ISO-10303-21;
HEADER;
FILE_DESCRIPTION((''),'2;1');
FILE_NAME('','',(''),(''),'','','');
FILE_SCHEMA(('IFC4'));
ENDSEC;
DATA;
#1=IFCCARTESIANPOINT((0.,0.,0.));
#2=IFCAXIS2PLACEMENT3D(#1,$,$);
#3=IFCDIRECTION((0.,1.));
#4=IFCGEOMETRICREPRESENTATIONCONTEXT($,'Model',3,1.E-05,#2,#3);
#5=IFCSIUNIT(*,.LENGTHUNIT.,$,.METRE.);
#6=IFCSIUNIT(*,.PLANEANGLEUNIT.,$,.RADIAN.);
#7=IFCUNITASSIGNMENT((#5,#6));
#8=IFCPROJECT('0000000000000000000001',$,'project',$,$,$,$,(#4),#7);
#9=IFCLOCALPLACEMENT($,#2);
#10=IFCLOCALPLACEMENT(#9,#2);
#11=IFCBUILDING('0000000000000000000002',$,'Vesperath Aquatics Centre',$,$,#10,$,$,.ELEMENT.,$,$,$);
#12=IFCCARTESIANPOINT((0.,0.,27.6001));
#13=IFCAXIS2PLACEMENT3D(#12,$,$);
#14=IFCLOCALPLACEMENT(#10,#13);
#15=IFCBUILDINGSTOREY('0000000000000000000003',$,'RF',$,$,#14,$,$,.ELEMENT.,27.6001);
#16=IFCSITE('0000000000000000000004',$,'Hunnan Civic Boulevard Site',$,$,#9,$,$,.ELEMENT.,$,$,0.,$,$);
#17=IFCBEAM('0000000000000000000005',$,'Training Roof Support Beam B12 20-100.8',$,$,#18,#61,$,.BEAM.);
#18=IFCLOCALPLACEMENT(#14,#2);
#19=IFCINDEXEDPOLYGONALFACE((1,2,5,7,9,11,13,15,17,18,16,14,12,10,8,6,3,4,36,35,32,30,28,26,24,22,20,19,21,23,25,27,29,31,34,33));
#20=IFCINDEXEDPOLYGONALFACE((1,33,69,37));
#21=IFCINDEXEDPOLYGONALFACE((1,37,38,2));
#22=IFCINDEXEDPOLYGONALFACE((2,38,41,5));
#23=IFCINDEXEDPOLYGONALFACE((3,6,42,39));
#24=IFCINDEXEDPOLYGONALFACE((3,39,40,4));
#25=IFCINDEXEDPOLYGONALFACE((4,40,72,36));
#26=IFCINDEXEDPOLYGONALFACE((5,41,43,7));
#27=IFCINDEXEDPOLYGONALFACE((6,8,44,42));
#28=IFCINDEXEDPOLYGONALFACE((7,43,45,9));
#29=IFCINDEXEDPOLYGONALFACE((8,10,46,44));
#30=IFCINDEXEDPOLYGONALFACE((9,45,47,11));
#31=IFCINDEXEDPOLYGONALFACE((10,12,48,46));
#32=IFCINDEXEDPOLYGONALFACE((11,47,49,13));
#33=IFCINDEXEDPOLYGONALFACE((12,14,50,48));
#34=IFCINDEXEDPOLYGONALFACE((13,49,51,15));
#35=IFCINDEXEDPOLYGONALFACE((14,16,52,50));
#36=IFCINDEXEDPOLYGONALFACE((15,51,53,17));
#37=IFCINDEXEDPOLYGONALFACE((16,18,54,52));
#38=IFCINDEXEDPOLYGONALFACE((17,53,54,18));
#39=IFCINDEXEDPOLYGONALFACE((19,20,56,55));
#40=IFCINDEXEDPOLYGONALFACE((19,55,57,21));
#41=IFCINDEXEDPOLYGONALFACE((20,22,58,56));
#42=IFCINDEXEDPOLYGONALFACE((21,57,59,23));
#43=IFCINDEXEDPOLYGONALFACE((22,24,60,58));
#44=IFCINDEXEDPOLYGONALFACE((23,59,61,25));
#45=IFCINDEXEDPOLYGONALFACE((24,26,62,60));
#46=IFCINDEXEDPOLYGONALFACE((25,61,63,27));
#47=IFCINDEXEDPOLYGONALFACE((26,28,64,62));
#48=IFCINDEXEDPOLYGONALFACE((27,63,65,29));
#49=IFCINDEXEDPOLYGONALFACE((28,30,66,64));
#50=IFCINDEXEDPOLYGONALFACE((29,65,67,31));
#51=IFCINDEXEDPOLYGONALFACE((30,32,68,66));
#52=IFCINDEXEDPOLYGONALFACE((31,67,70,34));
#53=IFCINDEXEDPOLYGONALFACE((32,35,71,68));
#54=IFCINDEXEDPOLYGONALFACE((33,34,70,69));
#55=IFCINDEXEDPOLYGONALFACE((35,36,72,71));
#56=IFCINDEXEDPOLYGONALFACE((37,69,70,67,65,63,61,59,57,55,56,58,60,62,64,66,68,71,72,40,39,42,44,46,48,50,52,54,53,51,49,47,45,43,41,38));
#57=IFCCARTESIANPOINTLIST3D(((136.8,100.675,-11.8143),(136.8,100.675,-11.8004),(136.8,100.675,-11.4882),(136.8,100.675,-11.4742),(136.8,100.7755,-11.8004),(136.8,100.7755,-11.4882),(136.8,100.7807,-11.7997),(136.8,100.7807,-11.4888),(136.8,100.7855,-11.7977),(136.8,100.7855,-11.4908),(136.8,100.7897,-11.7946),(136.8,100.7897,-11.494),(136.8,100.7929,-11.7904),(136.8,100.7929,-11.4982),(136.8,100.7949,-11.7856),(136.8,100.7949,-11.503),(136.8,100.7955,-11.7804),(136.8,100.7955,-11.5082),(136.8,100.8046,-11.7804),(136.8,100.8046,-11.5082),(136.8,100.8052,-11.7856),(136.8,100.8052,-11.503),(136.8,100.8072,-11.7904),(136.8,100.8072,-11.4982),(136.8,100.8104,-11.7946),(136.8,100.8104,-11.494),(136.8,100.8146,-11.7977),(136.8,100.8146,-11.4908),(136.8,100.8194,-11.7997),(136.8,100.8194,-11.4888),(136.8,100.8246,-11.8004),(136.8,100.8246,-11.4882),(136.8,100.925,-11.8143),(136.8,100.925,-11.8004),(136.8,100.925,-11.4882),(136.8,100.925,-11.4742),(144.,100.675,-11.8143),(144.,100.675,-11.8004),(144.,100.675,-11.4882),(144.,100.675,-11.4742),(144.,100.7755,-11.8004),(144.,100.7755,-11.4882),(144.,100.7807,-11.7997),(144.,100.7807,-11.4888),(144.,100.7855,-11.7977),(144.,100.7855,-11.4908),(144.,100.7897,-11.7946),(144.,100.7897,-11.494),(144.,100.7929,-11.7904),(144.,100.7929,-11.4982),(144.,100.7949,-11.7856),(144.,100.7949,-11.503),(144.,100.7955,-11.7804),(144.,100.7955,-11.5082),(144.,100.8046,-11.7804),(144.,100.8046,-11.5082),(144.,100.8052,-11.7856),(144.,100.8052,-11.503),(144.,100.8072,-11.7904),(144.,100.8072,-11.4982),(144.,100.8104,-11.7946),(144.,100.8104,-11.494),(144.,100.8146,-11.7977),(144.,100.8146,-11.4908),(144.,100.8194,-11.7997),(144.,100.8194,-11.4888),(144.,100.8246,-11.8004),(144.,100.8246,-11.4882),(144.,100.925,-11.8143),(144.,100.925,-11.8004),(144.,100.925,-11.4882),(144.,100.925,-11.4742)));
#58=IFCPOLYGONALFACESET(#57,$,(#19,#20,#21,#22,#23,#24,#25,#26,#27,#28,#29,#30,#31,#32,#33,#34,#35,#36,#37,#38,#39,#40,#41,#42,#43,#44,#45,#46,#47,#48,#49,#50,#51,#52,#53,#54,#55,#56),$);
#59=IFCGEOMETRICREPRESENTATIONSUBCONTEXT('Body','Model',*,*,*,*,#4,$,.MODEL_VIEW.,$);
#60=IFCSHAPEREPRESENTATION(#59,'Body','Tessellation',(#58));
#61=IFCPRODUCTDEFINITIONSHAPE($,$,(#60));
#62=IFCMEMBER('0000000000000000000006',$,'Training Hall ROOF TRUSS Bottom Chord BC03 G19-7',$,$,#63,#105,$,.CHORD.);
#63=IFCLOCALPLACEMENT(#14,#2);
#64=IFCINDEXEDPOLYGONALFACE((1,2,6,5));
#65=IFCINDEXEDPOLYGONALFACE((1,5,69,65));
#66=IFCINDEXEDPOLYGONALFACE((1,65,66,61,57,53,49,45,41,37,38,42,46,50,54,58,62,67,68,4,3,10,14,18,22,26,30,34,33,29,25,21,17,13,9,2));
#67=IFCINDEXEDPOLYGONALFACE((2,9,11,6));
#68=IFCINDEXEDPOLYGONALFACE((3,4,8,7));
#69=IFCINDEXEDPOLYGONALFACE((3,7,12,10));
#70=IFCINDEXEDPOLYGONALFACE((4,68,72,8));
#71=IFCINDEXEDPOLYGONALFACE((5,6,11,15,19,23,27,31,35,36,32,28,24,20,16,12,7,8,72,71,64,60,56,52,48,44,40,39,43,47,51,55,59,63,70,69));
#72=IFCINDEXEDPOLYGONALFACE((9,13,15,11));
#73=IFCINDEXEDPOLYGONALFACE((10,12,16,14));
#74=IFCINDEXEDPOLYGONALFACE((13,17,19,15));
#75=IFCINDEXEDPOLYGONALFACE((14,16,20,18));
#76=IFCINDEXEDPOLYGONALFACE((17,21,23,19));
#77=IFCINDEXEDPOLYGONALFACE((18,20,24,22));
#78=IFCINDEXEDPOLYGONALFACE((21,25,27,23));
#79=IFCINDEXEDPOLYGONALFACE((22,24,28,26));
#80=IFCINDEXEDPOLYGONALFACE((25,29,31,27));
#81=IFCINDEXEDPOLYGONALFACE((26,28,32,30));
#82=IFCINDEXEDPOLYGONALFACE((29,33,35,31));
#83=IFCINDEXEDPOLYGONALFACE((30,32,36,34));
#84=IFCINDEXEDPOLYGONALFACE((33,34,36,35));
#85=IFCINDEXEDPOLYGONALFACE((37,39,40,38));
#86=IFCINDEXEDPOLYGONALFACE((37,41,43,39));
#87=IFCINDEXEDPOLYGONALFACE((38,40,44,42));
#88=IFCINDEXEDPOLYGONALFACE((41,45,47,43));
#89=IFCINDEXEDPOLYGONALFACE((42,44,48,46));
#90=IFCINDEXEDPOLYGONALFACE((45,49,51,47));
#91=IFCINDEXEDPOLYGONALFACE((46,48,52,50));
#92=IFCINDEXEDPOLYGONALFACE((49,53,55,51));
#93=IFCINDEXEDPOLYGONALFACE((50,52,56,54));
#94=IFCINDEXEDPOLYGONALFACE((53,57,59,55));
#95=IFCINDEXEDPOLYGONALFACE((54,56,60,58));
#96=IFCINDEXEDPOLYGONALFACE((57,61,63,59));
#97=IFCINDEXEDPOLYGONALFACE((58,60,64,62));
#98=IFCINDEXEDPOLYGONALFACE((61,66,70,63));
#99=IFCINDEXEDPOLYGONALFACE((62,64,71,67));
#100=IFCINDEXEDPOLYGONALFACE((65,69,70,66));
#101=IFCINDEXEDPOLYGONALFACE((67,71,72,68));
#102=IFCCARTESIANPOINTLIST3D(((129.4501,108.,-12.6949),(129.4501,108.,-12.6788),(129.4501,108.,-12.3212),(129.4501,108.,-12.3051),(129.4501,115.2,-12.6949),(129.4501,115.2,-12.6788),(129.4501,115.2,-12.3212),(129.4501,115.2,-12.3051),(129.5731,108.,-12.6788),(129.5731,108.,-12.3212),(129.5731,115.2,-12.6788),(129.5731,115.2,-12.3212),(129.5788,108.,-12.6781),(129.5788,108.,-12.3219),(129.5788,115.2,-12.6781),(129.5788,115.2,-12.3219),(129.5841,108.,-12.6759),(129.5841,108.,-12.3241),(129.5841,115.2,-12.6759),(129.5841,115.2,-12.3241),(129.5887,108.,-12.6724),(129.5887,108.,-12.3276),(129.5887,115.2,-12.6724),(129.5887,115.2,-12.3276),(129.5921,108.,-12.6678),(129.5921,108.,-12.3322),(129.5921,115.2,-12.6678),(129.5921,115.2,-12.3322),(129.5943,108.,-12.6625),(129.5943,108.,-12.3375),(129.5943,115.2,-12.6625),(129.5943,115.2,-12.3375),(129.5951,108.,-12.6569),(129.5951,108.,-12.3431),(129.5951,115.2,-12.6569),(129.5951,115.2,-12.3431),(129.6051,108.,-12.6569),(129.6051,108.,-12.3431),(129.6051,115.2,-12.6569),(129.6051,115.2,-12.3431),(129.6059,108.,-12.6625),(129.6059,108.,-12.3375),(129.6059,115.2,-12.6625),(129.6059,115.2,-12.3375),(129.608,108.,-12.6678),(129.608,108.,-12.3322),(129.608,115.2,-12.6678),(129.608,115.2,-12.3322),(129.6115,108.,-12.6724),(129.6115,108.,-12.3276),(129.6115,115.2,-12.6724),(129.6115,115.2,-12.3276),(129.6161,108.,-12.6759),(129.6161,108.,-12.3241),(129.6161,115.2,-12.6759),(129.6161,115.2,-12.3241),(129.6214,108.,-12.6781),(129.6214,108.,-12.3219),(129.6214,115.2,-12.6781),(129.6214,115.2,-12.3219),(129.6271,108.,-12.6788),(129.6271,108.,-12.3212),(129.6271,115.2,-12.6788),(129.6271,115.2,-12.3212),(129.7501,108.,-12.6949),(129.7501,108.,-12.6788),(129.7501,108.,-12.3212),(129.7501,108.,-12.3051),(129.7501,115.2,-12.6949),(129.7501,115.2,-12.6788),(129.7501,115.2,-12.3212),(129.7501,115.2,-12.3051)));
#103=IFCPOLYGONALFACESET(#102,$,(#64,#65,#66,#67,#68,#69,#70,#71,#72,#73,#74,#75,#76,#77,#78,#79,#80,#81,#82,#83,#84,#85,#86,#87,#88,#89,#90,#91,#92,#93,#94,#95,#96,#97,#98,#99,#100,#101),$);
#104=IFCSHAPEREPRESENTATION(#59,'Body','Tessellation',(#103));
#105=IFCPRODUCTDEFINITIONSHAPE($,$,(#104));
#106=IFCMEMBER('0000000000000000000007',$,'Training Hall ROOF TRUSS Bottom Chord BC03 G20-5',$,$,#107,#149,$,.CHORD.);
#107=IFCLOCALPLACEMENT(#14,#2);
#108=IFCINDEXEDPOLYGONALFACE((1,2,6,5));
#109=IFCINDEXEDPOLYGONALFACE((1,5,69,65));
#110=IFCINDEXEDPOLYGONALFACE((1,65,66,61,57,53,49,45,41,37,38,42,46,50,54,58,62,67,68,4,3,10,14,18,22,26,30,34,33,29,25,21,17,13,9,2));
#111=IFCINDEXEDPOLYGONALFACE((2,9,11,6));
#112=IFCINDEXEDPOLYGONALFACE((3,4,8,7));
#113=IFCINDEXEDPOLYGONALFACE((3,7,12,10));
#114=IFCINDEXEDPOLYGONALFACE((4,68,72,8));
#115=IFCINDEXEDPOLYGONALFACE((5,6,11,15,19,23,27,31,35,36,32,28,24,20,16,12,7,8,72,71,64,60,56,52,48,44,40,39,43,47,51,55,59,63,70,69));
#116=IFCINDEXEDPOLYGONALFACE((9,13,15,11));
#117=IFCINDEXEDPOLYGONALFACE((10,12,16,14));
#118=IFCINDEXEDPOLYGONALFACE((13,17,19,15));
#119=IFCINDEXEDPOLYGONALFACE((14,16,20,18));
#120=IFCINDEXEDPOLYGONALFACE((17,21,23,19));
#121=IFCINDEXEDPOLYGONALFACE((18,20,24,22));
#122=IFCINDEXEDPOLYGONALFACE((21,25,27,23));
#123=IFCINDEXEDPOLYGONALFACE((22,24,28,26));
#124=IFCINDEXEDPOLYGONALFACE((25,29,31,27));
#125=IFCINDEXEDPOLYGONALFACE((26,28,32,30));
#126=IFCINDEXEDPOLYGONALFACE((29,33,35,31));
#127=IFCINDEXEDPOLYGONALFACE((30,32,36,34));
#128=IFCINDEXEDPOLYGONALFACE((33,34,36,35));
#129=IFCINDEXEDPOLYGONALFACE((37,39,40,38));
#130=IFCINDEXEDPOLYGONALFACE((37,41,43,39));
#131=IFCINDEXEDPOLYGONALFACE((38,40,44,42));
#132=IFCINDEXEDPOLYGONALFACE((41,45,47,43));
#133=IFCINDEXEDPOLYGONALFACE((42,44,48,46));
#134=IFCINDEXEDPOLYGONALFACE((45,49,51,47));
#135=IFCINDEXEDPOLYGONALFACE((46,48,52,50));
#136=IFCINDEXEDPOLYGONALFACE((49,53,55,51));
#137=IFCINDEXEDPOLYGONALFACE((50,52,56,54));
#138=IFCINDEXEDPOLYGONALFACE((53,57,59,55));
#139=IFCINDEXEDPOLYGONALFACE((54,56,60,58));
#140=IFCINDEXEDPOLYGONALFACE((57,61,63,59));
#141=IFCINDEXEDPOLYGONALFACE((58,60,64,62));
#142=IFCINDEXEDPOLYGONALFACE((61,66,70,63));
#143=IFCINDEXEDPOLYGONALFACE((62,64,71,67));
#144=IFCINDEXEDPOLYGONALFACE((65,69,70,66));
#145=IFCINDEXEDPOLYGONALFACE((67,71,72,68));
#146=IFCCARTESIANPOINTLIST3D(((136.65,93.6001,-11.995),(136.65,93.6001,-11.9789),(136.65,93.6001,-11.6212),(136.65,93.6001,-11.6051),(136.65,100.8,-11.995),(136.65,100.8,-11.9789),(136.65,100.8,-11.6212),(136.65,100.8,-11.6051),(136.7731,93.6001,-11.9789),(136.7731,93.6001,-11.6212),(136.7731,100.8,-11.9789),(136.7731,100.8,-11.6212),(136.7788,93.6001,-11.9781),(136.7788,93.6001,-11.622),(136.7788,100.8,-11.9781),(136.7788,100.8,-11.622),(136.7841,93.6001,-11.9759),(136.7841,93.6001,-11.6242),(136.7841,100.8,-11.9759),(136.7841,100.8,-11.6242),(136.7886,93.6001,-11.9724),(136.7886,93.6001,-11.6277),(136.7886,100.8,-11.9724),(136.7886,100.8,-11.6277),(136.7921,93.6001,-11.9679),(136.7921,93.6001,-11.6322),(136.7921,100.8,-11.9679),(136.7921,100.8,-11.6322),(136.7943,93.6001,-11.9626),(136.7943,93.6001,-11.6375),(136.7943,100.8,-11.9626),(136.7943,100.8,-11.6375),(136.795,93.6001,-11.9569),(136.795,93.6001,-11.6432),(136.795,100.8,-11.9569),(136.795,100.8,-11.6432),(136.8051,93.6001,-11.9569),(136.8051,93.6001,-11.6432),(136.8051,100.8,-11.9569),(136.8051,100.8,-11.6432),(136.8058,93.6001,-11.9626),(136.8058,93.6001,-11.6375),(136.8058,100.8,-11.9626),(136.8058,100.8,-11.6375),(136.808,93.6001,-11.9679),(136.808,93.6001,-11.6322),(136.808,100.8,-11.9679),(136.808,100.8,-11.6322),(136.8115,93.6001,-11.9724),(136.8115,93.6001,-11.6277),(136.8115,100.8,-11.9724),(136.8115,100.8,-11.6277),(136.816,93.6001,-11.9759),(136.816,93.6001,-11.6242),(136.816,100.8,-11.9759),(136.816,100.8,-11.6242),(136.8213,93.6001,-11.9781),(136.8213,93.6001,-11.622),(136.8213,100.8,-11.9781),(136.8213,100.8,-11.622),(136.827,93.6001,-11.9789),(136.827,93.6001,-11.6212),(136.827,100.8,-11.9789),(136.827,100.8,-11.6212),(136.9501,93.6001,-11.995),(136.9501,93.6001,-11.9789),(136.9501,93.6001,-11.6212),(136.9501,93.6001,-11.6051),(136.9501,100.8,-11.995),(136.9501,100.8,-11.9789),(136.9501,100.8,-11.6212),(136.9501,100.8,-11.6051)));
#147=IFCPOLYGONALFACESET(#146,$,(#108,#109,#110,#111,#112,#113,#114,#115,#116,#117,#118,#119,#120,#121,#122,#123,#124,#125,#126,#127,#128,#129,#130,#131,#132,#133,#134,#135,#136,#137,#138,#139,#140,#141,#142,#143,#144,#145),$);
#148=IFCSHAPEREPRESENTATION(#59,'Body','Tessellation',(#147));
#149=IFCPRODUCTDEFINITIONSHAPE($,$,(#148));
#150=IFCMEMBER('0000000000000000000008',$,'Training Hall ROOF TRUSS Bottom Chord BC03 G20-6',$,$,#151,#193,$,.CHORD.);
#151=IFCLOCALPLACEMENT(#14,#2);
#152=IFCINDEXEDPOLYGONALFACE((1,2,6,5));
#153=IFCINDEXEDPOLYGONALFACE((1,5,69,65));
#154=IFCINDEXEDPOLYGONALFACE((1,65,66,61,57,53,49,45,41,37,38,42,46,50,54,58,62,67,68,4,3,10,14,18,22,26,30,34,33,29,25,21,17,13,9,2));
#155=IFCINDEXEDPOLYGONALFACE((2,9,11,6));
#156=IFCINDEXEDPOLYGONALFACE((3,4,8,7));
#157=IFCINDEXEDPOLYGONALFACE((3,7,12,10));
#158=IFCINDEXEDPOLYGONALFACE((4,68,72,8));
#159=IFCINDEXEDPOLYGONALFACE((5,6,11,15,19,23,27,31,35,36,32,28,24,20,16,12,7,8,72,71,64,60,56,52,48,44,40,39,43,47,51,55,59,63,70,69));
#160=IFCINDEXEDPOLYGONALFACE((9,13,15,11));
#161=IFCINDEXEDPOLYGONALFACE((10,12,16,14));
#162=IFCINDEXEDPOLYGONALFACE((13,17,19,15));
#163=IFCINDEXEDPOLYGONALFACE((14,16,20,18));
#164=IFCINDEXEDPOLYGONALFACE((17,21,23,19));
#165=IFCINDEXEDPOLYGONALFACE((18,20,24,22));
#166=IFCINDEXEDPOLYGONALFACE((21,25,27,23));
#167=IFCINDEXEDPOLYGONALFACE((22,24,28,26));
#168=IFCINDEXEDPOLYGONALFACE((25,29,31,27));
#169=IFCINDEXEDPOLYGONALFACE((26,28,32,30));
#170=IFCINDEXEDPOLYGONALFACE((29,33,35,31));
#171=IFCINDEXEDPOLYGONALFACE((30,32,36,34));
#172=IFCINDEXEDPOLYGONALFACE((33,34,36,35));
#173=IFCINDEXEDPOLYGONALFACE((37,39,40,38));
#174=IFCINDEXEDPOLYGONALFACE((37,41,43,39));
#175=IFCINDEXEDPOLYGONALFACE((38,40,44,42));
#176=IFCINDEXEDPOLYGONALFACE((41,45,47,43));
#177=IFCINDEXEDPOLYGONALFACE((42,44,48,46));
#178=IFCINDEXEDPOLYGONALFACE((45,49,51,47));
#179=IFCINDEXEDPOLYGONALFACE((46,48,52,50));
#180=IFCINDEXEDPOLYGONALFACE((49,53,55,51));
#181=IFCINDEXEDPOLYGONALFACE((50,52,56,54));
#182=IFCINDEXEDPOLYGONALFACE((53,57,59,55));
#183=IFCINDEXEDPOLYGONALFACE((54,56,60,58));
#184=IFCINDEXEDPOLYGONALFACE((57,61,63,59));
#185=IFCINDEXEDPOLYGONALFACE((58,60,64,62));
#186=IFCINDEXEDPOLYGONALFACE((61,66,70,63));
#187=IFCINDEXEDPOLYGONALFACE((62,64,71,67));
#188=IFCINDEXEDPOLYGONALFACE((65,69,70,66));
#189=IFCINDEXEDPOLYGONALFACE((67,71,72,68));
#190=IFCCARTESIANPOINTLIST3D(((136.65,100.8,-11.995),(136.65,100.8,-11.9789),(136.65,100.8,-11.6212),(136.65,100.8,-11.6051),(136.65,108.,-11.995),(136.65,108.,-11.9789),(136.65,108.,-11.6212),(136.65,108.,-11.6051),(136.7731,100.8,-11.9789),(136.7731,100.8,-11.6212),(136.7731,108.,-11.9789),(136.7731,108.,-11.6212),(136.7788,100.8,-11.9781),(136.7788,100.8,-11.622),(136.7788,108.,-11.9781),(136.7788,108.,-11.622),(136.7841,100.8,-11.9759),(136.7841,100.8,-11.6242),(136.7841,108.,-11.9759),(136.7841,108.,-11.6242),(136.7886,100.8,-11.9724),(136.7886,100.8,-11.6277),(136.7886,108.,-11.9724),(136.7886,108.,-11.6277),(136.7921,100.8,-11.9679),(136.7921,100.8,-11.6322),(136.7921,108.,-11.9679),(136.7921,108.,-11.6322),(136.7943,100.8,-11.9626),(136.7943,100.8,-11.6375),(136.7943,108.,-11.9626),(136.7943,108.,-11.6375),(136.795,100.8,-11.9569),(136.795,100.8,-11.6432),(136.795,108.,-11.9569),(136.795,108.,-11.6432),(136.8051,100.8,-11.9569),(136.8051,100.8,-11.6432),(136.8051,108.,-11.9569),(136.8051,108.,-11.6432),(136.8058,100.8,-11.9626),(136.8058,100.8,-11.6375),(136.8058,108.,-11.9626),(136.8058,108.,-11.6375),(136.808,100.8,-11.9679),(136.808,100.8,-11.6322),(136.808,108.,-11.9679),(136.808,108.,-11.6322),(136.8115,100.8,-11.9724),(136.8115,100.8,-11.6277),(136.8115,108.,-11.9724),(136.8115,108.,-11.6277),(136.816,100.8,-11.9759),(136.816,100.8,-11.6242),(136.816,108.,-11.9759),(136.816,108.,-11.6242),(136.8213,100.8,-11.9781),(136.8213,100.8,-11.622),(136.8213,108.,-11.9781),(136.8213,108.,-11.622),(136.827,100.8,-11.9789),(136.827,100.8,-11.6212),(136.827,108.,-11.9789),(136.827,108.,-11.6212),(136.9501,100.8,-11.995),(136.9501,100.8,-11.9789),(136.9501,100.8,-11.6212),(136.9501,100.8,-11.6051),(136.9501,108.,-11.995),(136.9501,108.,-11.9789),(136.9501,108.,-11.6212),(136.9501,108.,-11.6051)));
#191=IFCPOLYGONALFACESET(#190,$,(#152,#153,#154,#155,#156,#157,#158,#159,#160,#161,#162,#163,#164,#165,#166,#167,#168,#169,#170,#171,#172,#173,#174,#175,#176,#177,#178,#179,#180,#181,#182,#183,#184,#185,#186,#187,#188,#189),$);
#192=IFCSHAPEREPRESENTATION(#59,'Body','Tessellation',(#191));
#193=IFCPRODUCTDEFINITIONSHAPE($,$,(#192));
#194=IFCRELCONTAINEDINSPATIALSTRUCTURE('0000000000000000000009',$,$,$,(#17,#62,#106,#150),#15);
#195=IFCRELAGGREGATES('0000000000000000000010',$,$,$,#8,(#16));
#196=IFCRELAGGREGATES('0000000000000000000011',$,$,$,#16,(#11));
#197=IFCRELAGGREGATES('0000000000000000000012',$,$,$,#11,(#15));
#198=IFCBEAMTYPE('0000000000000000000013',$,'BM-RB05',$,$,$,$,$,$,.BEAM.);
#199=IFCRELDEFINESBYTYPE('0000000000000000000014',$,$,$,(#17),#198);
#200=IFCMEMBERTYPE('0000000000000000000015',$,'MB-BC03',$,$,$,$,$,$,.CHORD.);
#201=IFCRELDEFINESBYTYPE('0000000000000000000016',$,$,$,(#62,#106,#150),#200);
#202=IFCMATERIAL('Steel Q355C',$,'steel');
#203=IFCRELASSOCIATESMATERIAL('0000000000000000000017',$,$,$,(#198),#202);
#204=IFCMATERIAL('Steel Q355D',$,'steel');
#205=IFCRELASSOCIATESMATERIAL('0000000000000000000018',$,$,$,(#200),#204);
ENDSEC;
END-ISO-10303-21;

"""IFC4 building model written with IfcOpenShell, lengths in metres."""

from ifc_helpers import new_model, si_unit, direction, frame, origin, origin_2d, place, context, subcontext, project, spatial, i_section, extrude, material, material_profile, profile_set, type_object, element, save


model = new_model("IFC4")

# Units and contexts
model_context = context("Model", 3, precision=1e-05, world=origin(), true_north=direction((0.0, 1.0)))
body_context = subcontext(model_context, "Body", "Model", "MODEL_VIEW")
ifc_project = project(units=[si_unit("LENGTHUNIT", "METRE"), si_unit("PLANEANGLEUNIT", "RADIAN")], contexts=[model_context])

# Site, building, storey
site_placement = place(None, origin())
site = spatial("IfcSite", under=ifc_project, at=site_placement, Name="Hunnan Civic Boulevard Site", CompositionType="ELEMENT", RefElevation=0.0)
building_placement = place(site_placement, origin())
building = spatial("IfcBuilding", under=site, at=building_placement, Name="Vesperath Aquatics Centre", CompositionType="ELEMENT")
storey_placement = place(building_placement, frame((0.0, 0.0, 27.6001)))
storey = spatial("IfcBuildingStorey", under=building, at=storey_placement, Name="RF", CompositionType="ELEMENT", Elevation=27.6001)

# Beam
ifc_material_1 = material(Name="Steel Q355C", Category="steel")
ifc_material_profile_1 = material_profile(ifc_material_1, i_section(OverallWidth=0.25, OverallDepth=0.3401, WebThickness=0.009, FlangeThickness=0.0139, FilletRadius=0.02, at=origin_2d()), Name="HM 340x250x9x14")
ifc_profile_set_1 = profile_set([ifc_material_profile_1], Name="Steel Q355C")
beam_type_1 = type_object("IfcBeamType", Name="BM-RB05", PredefinedType="BEAM", material=ifc_profile_set_1)
for number, where, z_axis, x_axis, name in (
    (1, (136.8, 100.8, -11.6443), (1.0, 0.0, 0.0), (0.0, 1.0, 0.0), "Training Roof Support Beam B12 20-100.8"),
):
    element("IfcBeam", number, at=place(storey_placement, frame(where, z_axis=z_axis, x_axis=x_axis)), inside=storey, type_object=beam_type_1, Name=name, PredefinedType="BEAM", context=body_context, shape_type="SweptSolid", body=[
        extrude(i_section(OverallWidth=0.25, OverallDepth=0.3401, WebThickness=0.009, FlangeThickness=0.0139, FilletRadius=0.02, at=origin_2d()), origin(), (0.0, 0.0, 1.0), 7.2),
    ])

# Members
ifc_material_2 = material(Name="Steel Q355D", Category="steel")
ifc_material_profile_2 = material_profile(ifc_material_2, i_section(OverallWidth=0.3, OverallDepth=0.3899, WebThickness=0.01, FlangeThickness=0.0161, FilletRadius=0.022, at=origin_2d()), Name="HM 390x300x10x16")
ifc_profile_set_2 = profile_set([ifc_material_profile_2], Name="Steel Q355D")
member_type_1 = type_object("IfcMemberType", Name="MB-BC03", PredefinedType="CHORD", material=ifc_profile_set_2)
for number, where, z_axis, x_axis, name in (
    (2, (129.6001, 108.0, -12.5), (0.0, 1.0, 0.0), (-1.0, 0.0, 0.0), "Training Hall ROOF TRUSS Bottom Chord BC03 G19-7"),
    (3, (136.8, 93.6001, -11.8), (0.0, 1.0, 0.0), (-1.0, 0.0, 0.0), "Training Hall ROOF TRUSS Bottom Chord BC03 G20-5"),
    (4, (136.8, 100.8, -11.8), (0.0, 1.0, 0.0), (-1.0, 0.0, 0.0), "Training Hall ROOF TRUSS Bottom Chord BC03 G20-6"),
):
    element("IfcMember", number, at=place(storey_placement, frame(where, z_axis=z_axis, x_axis=x_axis)), inside=storey, type_object=member_type_1, Name=name, PredefinedType="CHORD", context=body_context, shape_type="SweptSolid", body=[
        extrude(i_section(OverallWidth=0.3, OverallDepth=0.3899, WebThickness=0.01, FlangeThickness=0.0161, FilletRadius=0.022, at=origin_2d()), origin(), (0.0, 0.0, 1.0), 7.2),
    ])

save(model, "model.ifc")
